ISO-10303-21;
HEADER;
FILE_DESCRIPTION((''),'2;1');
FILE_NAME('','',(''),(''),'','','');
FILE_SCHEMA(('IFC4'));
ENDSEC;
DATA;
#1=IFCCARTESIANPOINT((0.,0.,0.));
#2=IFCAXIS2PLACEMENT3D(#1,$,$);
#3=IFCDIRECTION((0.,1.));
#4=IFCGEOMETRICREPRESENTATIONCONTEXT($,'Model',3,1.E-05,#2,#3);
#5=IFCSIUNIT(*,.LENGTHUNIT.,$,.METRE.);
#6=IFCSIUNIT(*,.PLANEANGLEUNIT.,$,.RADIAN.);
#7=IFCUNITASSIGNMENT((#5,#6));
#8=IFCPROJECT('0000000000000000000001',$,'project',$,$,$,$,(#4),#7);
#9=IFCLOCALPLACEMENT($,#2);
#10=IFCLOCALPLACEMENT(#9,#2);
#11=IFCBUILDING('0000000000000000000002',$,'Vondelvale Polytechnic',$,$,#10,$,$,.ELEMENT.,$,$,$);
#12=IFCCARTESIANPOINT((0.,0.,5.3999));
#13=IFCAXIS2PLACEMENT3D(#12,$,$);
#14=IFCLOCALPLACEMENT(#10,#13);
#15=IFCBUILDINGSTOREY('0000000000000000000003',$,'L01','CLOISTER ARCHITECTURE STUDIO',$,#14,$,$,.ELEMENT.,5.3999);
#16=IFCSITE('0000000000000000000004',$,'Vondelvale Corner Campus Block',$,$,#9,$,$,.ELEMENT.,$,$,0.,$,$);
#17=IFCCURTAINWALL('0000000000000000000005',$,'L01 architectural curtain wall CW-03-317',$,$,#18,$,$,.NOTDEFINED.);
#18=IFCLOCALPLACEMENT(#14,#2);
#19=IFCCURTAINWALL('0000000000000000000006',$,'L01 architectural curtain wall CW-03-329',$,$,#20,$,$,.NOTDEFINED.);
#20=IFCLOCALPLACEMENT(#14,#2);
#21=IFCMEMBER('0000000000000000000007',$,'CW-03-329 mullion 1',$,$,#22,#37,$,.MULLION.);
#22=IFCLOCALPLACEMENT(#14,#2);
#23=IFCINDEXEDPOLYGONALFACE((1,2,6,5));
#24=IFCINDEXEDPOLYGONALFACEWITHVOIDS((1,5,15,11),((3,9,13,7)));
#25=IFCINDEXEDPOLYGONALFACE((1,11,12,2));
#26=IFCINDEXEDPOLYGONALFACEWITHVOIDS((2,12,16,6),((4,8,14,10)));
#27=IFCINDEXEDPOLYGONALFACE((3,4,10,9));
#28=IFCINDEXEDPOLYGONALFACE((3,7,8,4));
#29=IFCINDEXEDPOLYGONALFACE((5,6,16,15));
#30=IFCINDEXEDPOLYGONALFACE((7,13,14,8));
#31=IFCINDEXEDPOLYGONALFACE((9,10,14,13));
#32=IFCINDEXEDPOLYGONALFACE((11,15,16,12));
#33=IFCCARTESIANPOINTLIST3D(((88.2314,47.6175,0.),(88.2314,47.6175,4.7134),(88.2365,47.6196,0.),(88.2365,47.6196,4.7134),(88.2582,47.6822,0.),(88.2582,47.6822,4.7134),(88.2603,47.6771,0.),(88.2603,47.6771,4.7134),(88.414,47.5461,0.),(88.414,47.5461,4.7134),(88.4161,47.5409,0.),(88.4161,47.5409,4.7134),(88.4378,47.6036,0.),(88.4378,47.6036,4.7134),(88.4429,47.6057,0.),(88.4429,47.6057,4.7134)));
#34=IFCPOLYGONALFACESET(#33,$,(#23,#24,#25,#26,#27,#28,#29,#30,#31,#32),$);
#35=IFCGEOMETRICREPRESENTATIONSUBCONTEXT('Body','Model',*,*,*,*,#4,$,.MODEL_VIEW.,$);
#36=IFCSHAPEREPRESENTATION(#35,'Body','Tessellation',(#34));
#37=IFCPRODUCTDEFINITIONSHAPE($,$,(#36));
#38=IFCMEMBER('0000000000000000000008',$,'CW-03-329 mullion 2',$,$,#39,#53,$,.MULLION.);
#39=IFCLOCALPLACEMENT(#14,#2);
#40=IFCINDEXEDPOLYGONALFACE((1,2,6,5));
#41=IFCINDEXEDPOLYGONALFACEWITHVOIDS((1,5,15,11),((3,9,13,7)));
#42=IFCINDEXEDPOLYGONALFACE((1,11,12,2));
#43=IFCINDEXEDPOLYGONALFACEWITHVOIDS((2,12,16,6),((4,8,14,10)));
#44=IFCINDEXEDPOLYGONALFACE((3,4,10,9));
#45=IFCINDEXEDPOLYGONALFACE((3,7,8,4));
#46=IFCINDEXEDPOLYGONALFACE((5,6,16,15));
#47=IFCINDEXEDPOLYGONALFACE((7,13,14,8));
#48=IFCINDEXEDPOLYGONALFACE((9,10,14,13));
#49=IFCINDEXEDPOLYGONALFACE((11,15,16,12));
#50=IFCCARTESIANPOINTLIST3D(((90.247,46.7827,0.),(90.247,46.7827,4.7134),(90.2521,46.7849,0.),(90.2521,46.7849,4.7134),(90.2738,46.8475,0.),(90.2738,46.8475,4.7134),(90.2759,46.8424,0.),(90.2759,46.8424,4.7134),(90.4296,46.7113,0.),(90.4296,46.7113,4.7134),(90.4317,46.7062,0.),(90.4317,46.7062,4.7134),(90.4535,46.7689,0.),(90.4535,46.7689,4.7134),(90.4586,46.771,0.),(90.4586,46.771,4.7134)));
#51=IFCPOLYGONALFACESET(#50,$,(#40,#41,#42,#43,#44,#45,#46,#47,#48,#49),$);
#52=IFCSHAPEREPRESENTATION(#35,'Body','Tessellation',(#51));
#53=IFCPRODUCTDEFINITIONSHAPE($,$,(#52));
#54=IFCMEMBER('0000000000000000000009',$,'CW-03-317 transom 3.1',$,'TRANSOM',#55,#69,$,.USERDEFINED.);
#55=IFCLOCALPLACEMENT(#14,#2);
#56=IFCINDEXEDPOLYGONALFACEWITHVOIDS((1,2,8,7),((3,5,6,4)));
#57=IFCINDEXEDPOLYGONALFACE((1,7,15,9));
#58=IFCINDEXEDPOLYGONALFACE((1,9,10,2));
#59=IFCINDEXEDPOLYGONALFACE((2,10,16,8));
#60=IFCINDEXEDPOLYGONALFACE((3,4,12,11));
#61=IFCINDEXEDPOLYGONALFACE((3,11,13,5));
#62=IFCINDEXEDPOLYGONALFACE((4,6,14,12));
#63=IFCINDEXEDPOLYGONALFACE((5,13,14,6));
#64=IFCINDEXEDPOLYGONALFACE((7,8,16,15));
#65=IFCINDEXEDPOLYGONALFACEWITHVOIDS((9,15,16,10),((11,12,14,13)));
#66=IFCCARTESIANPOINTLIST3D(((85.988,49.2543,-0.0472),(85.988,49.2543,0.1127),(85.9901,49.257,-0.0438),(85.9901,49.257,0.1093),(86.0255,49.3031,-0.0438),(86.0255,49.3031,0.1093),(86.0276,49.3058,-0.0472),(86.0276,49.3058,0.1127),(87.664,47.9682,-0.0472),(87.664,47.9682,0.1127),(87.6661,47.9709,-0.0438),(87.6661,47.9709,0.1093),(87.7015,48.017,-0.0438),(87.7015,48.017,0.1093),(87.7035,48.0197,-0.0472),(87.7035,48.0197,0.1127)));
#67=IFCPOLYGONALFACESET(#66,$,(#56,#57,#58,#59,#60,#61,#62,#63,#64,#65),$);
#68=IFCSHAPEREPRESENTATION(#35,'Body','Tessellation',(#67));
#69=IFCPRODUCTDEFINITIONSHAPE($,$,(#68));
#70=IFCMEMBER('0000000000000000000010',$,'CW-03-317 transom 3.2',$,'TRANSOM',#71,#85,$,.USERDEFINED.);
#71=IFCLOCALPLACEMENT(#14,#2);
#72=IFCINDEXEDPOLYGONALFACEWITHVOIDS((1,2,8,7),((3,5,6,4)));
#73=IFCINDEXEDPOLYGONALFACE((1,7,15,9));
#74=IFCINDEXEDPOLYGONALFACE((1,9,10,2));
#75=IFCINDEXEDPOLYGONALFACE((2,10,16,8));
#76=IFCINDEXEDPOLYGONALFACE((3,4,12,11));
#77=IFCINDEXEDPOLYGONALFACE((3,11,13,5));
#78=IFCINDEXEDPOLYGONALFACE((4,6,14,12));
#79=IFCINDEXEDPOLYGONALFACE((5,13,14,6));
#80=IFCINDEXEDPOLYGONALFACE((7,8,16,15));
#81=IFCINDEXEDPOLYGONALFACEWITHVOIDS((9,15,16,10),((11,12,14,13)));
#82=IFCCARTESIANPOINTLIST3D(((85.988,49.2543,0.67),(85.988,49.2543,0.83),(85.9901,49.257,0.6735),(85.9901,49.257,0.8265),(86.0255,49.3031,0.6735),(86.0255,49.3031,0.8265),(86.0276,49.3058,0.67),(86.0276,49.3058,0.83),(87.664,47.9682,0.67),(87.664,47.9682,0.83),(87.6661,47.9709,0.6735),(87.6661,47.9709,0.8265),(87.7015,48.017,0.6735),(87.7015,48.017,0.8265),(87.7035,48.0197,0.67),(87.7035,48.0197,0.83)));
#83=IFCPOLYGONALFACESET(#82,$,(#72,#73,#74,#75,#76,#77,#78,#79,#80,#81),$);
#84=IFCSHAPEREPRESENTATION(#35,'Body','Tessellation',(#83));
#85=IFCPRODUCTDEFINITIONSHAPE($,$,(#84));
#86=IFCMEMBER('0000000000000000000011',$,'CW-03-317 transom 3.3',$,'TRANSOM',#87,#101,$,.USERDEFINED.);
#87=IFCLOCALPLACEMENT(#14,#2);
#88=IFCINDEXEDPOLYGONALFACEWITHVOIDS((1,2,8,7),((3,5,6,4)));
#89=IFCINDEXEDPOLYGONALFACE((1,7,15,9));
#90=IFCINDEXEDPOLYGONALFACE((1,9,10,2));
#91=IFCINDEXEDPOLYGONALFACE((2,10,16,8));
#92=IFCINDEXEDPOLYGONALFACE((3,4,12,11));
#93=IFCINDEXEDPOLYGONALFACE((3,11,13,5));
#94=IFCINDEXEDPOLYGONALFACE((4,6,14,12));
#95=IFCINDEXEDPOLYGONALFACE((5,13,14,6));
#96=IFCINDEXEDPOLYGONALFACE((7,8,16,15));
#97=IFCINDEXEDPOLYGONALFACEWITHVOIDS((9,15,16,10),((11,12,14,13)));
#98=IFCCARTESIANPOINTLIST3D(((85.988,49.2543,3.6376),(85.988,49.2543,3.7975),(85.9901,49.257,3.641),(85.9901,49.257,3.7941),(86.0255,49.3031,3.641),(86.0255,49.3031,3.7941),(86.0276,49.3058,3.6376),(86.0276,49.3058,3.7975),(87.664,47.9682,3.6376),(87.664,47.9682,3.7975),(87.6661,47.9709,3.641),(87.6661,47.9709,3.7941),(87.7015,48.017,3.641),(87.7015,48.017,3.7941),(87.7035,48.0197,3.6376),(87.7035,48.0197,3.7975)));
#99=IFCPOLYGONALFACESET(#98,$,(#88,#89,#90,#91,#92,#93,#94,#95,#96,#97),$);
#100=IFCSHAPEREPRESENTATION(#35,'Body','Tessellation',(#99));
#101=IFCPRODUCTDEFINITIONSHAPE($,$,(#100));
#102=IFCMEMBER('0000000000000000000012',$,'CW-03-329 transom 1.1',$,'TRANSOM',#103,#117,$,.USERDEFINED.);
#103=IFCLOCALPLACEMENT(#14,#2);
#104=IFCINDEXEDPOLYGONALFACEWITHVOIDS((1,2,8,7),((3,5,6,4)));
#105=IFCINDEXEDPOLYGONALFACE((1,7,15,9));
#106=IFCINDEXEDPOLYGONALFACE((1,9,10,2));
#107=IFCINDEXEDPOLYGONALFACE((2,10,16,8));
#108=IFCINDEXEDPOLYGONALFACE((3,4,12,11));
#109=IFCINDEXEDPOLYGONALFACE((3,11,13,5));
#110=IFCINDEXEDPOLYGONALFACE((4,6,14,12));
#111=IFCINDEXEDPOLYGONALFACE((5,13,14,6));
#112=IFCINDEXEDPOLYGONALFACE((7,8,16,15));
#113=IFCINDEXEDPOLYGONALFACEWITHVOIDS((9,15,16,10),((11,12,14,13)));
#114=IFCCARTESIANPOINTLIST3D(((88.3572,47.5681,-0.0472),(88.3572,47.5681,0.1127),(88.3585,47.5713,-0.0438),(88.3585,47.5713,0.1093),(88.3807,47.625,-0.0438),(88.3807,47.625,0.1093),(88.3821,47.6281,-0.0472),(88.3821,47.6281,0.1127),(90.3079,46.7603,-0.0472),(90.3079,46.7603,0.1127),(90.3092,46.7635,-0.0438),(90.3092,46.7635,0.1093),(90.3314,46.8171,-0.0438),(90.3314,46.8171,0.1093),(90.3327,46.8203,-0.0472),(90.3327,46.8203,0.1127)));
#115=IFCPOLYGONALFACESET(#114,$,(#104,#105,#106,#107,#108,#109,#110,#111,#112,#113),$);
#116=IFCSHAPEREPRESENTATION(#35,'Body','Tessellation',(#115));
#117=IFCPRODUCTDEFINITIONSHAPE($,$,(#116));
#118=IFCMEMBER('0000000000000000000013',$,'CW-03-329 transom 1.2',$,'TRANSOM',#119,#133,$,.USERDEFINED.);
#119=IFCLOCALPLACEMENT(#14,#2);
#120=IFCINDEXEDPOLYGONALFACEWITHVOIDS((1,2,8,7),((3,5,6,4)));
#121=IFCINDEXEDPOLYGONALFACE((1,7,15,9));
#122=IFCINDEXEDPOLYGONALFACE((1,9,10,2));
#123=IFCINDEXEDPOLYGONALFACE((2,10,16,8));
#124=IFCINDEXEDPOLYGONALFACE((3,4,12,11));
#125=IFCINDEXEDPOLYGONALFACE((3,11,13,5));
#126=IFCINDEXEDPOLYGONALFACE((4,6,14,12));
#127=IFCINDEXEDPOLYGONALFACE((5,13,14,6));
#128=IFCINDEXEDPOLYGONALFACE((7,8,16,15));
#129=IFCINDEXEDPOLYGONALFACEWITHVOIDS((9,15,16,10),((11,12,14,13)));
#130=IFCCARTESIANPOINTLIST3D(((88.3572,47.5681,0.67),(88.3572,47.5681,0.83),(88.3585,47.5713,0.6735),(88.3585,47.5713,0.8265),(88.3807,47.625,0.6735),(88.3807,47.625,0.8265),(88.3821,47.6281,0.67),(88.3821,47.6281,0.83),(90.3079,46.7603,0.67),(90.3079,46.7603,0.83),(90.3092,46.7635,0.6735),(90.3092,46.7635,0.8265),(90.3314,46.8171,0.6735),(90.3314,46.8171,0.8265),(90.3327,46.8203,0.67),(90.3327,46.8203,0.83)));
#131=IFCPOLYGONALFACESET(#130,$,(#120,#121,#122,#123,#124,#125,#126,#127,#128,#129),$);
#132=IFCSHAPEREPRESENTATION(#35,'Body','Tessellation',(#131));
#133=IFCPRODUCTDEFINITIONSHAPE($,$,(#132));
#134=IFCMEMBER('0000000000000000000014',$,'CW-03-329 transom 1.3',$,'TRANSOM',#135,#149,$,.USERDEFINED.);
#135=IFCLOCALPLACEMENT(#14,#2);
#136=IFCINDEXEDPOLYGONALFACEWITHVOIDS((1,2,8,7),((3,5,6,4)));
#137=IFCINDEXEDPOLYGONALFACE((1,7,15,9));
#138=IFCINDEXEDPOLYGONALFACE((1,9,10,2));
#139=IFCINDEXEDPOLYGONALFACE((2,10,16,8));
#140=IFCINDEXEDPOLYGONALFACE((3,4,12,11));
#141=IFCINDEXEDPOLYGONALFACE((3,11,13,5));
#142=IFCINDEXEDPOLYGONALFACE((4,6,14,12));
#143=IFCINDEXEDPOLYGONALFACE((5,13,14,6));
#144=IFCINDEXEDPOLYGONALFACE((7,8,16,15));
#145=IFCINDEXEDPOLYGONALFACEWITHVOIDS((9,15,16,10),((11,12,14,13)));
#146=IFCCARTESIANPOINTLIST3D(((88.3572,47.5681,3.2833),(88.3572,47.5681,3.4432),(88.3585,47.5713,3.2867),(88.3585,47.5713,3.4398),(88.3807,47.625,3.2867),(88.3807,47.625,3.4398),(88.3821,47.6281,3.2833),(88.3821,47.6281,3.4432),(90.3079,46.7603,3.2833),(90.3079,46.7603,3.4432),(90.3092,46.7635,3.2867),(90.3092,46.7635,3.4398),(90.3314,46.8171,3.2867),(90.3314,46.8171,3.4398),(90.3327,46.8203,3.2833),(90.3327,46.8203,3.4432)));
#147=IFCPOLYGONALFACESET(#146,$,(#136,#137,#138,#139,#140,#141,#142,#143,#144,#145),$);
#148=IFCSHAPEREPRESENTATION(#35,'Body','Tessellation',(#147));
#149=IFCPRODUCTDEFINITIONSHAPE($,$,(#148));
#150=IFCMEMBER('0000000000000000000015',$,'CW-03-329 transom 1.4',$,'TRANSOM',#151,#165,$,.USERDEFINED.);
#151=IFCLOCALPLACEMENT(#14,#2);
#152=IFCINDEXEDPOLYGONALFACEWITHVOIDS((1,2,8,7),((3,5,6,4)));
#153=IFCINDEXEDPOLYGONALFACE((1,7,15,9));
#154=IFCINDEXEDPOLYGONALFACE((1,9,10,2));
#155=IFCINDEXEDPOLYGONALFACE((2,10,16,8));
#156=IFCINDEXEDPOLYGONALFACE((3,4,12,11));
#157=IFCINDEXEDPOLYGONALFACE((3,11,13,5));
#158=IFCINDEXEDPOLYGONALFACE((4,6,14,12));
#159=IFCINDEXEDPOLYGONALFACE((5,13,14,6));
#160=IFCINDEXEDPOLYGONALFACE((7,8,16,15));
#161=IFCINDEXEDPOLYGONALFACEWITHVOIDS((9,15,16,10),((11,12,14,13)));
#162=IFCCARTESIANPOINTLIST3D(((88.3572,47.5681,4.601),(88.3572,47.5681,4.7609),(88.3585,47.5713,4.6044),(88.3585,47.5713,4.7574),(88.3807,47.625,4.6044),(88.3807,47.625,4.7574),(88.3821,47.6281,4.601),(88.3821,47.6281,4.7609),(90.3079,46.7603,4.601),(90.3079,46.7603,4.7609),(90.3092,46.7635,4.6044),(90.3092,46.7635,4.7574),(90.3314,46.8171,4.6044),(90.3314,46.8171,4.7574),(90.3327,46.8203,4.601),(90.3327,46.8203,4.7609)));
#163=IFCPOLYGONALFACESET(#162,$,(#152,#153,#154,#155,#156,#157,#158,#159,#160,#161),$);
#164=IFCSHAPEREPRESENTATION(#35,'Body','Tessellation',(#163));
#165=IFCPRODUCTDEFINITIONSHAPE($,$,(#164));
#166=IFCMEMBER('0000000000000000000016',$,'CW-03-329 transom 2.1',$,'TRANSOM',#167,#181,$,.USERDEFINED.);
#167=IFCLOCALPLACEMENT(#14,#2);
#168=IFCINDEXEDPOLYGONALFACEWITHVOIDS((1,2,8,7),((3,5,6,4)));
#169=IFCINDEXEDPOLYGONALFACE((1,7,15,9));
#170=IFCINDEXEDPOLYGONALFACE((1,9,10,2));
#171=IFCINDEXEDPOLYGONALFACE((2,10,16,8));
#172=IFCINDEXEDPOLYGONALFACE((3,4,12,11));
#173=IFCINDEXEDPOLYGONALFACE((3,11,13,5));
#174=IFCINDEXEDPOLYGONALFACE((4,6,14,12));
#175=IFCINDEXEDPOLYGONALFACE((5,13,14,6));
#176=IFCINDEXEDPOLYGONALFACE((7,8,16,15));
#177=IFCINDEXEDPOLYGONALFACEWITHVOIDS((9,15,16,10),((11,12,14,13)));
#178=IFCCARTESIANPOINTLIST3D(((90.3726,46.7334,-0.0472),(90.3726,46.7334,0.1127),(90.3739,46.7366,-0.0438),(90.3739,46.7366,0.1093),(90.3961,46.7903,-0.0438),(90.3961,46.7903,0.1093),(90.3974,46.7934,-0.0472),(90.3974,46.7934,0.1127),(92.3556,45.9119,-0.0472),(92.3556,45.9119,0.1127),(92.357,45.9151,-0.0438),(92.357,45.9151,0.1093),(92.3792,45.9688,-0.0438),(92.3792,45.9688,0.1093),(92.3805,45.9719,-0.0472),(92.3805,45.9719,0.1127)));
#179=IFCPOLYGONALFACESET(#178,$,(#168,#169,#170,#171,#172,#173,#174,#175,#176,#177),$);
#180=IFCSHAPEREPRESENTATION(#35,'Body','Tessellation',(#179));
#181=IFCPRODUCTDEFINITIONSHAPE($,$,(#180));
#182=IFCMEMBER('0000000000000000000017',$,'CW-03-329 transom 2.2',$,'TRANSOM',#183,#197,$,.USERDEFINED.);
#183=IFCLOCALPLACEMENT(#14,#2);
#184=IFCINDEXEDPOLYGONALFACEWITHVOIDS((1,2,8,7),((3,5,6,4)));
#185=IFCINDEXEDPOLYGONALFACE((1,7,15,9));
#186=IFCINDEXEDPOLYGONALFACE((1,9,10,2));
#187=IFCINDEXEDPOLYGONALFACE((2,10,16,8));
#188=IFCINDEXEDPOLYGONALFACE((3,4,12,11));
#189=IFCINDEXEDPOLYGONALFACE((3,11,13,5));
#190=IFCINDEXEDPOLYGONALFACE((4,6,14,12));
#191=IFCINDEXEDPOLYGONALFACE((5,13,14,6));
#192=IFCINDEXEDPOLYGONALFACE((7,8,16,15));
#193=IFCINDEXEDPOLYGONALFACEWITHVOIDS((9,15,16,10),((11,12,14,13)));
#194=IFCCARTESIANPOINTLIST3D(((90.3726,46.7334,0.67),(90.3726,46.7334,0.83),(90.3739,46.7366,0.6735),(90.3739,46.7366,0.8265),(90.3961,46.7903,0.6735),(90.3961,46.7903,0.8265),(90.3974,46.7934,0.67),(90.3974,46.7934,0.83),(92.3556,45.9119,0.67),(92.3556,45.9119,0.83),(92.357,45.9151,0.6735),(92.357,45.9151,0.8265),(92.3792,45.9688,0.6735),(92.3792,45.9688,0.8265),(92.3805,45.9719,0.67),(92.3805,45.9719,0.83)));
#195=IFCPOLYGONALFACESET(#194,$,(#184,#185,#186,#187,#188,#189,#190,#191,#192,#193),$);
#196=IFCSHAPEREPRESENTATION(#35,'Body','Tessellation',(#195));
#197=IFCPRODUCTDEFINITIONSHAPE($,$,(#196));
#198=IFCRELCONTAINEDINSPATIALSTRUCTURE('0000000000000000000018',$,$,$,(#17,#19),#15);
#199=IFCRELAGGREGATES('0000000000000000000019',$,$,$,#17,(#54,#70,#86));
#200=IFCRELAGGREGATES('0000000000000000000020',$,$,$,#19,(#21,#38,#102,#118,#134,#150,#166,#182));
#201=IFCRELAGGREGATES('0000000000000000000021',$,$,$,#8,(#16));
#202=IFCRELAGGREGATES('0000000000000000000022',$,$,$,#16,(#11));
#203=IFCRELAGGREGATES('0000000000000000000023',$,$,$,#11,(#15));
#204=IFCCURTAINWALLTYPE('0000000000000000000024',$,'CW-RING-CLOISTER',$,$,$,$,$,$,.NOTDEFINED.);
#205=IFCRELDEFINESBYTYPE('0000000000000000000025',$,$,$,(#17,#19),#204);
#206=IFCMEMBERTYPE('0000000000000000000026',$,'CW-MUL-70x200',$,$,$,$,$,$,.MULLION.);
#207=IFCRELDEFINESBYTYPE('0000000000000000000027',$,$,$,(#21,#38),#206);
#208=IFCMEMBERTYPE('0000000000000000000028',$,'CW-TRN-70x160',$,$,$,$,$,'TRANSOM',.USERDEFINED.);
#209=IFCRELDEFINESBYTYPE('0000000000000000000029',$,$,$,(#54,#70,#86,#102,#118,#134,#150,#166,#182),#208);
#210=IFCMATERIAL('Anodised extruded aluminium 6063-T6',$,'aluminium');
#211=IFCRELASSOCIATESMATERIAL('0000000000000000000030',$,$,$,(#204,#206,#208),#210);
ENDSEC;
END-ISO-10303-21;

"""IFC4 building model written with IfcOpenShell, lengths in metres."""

from ifc_helpers import new_model, si_unit, direction, frame, origin, origin_2d, place, context, subcontext, project, spatial, hollow_rectangle, extrude, material, material_profile, profile_set, type_object, element, aggregate, save


model = new_model("IFC4")

# Units and contexts
model_context = context("Model", 3, precision=1e-05, world=origin(), true_north=direction((0.0, 1.0)))
body_context = subcontext(model_context, "Body", "Model", "MODEL_VIEW")
ifc_project = project(units=[si_unit("LENGTHUNIT", "METRE"), si_unit("PLANEANGLEUNIT", "RADIAN")], contexts=[model_context])

# Site, building, storey
site_placement = place(None, origin())
site = spatial("IfcSite", under=ifc_project, at=site_placement, Name="Vondelvale Corner Campus Block", CompositionType="ELEMENT", RefElevation=0.0)
building_placement = place(site_placement, origin())
building = spatial("IfcBuilding", under=site, at=building_placement, Name="Vondelvale Polytechnic", CompositionType="ELEMENT")
storey_placement = place(building_placement, frame((0.0, 0.0, 5.3999)))
storey = spatial("IfcBuildingStorey", under=building, at=storey_placement, Name="L01", Description="CLOISTER ARCHITECTURE STUDIO", CompositionType="ELEMENT", Elevation=5.3999)

# Curtain walls, members
ifc_material_1 = material(Name="Anodised extruded aluminium 6063-T6", Category="aluminium")
curtain_wall_type = type_object("IfcCurtainWallType", Name="CW-RING-CLOISTER", PredefinedType="NOTDEFINED", material=ifc_material_1)
curtain_wall_1_placement = place(storey_placement, origin())
curtain_wall_1 = element("IfcCurtainWall", 1, at=curtain_wall_1_placement, inside=storey, type_object=curtain_wall_type, Name="L01 architectural curtain wall CW-03-317", PredefinedType="NOTDEFINED")
ifc_material_profile_1 = material_profile(ifc_material_1, hollow_rectangle(XDim=0.0701, YDim=0.2, WallThickness=0.0039, at=origin_2d()), Name="CW-MUL-200x70")
ifc_profile_set_1 = profile_set([ifc_material_profile_1], Name="Anodised extruded aluminium 6063-T6")
member_type_1 = type_object("IfcMemberType", Name="CW-MUL-70x200", PredefinedType="MULLION", material=ifc_profile_set_1)
curtain_wall_2_placement = place(storey_placement, origin())
curtain_wall_2 = element("IfcCurtainWall", 2, at=curtain_wall_2_placement, inside=storey, type_object=curtain_wall_type, Name="L01 architectural curtain wall CW-03-329", PredefinedType="NOTDEFINED")
member_1_placement = place(storey_placement, frame((88.3372, 47.6116, 0.0), z_axis=(0.0, 0.0, 1.0), x_axis=(0.382679, 0.923882, 0.0)))
member_1 = element("IfcMember", 3, at=member_1_placement, type_object=member_type_1, Name="CW-03-329 mullion 1", PredefinedType="MULLION", context=body_context, shape_type="SweptSolid", body=[
    extrude(hollow_rectangle(XDim=0.0701, YDim=0.2, WallThickness=0.0039, at=origin_2d()), origin(), (0.0, 0.0, 1.0), 4.7134),
])
member_2_placement = place(storey_placement, frame((90.3528, 46.7769, 0.0), z_axis=(0.0, 0.0, 1.0), x_axis=(0.382679, 0.923882, 0.0)))
member_2 = element("IfcMember", 4, at=member_2_placement, type_object=member_type_1, Name="CW-03-329 mullion 2", PredefinedType="MULLION", context=body_context, shape_type="SweptSolid", body=[
    extrude(hollow_rectangle(XDim=0.0701, YDim=0.2, WallThickness=0.0039, at=origin_2d()), origin(), (0.0, 0.0, 1.0), 4.7134),
])

# Members
ifc_material_profile_2 = material_profile(ifc_material_1, hollow_rectangle(XDim=0.0649, YDim=0.1599, WallThickness=0.0034, at=origin_2d()), Name="CW-TRN-160x65")
ifc_profile_set_2 = profile_set([ifc_material_profile_2], Name="Anodised extruded aluminium 6063-T6")
member_type_2 = type_object("IfcMemberType", Name="CW-TRN-70x160", ElementType="TRANSOM", PredefinedType="USERDEFINED", material=ifc_profile_set_2)
member_3_placement = place(storey_placement, frame((86.0078, 49.28, 0.0327), z_axis=(0.793337, -0.608783, 0.0), x_axis=(0.608783, 0.793337, 0.0)))
member_3 = element("IfcMember", 5, at=member_3_placement, type_object=member_type_2, Name="CW-03-317 transom 3.1", ObjectType="TRANSOM", PredefinedType="USERDEFINED", context=body_context, shape_type="SweptSolid", body=[
    extrude(hollow_rectangle(XDim=0.0649, YDim=0.1599, WallThickness=0.0034, at=origin_2d()), origin(), (0.0, 0.0, 1.0), 2.1125),
])
member_4_placement = place(storey_placement, frame((86.0078, 49.28, 0.75), z_axis=(0.793337, -0.608783, 0.0), x_axis=(0.608783, 0.793337, 0.0)))
member_4 = element("IfcMember", 6, at=member_4_placement, type_object=member_type_2, Name="CW-03-317 transom 3.2", ObjectType="TRANSOM", PredefinedType="USERDEFINED", context=body_context, shape_type="SweptSolid", body=[
    extrude(hollow_rectangle(XDim=0.0649, YDim=0.1599, WallThickness=0.0034, at=origin_2d()), origin(), (0.0, 0.0, 1.0), 2.1125),
])
member_5_placement = place(storey_placement, frame((86.0078, 49.28, 3.7175), z_axis=(0.793337, -0.608783, 0.0), x_axis=(0.608783, 0.793337, 0.0)))
member_5 = element("IfcMember", 7, at=member_5_placement, type_object=member_type_2, Name="CW-03-317 transom 3.3", ObjectType="TRANSOM", PredefinedType="USERDEFINED", context=body_context, shape_type="SweptSolid", body=[
    extrude(hollow_rectangle(XDim=0.0649, YDim=0.1599, WallThickness=0.0034, at=origin_2d()), origin(), (0.0, 0.0, 1.0), 2.1125),
])
member_6_placement = place(storey_placement, frame((88.3696, 47.5981, 0.0327), z_axis=(0.923903, -0.382628, 0.0), x_axis=(0.382628, 0.923903, 0.0)))
member_6 = element("IfcMember", 8, at=member_6_placement, type_object=member_type_2, Name="CW-03-329 transom 1.1", ObjectType="TRANSOM", PredefinedType="USERDEFINED", context=body_context, shape_type="SweptSolid", body=[
    extrude(hollow_rectangle(XDim=0.0649, YDim=0.1599, WallThickness=0.0034, at=origin_2d()), origin(), (0.0, 0.0, 1.0), 2.1113),
])
member_7_placement = place(storey_placement, frame((88.3696, 47.5981, 0.75), z_axis=(0.923903, -0.382628, 0.0), x_axis=(0.382628, 0.923903, 0.0)))
member_7 = element("IfcMember", 9, at=member_7_placement, type_object=member_type_2, Name="CW-03-329 transom 1.2", ObjectType="TRANSOM", PredefinedType="USERDEFINED", context=body_context, shape_type="SweptSolid", body=[
    extrude(hollow_rectangle(XDim=0.0649, YDim=0.1599, WallThickness=0.0034, at=origin_2d()), origin(), (0.0, 0.0, 1.0), 2.1113),
])
member_8_placement = place(storey_placement, frame((88.3696, 47.5981, 3.3633), z_axis=(0.923903, -0.382628, 0.0), x_axis=(0.382628, 0.923903, 0.0)))
member_8 = element("IfcMember", 10, at=member_8_placement, type_object=member_type_2, Name="CW-03-329 transom 1.3", ObjectType="TRANSOM", PredefinedType="USERDEFINED", context=body_context, shape_type="SweptSolid", body=[
    extrude(hollow_rectangle(XDim=0.0649, YDim=0.1599, WallThickness=0.0034, at=origin_2d()), origin(), (0.0, 0.0, 1.0), 2.1113),
])
member_9_placement = place(storey_placement, frame((88.3696, 47.5981, 4.6809), z_axis=(0.923903, -0.382628, 0.0), x_axis=(0.382628, 0.923903, 0.0)))
member_9 = element("IfcMember", 11, at=member_9_placement, type_object=member_type_2, Name="CW-03-329 transom 1.4", ObjectType="TRANSOM", PredefinedType="USERDEFINED", context=body_context, shape_type="SweptSolid", body=[
    extrude(hollow_rectangle(XDim=0.0649, YDim=0.1599, WallThickness=0.0034, at=origin_2d()), origin(), (0.0, 0.0, 1.0), 2.1113),
])
member_10_placement = place(storey_placement, frame((90.385, 46.7634, 0.0327), z_axis=(0.923866, -0.382717, 0.0), x_axis=(0.382717, 0.923866, 0.0)))
member_10 = element("IfcMember", 12, at=member_10_placement, type_object=member_type_2, Name="CW-03-329 transom 2.1", ObjectType="TRANSOM", PredefinedType="USERDEFINED", context=body_context, shape_type="SweptSolid", body=[
    extrude(hollow_rectangle(XDim=0.0649, YDim=0.1599, WallThickness=0.0034, at=origin_2d()), origin(), (0.0, 0.0, 1.0), 2.1465),
])
member_11_placement = place(storey_placement, frame((90.385, 46.7634, 0.75), z_axis=(0.923866, -0.382717, 0.0), x_axis=(0.382717, 0.923866, 0.0)))
member_11 = element("IfcMember", 13, at=member_11_placement, type_object=member_type_2, Name="CW-03-329 transom 2.2", ObjectType="TRANSOM", PredefinedType="USERDEFINED", context=body_context, shape_type="SweptSolid", body=[
    extrude(hollow_rectangle(XDim=0.0649, YDim=0.1599, WallThickness=0.0034, at=origin_2d()), origin(), (0.0, 0.0, 1.0), 2.1465),
])

aggregate(curtain_wall_1, [member_3, member_4, member_5])
aggregate(curtain_wall_2, [member_1, member_2, member_6, member_7, member_8, member_9, member_10, member_11])

save(model, "model.ifc")
